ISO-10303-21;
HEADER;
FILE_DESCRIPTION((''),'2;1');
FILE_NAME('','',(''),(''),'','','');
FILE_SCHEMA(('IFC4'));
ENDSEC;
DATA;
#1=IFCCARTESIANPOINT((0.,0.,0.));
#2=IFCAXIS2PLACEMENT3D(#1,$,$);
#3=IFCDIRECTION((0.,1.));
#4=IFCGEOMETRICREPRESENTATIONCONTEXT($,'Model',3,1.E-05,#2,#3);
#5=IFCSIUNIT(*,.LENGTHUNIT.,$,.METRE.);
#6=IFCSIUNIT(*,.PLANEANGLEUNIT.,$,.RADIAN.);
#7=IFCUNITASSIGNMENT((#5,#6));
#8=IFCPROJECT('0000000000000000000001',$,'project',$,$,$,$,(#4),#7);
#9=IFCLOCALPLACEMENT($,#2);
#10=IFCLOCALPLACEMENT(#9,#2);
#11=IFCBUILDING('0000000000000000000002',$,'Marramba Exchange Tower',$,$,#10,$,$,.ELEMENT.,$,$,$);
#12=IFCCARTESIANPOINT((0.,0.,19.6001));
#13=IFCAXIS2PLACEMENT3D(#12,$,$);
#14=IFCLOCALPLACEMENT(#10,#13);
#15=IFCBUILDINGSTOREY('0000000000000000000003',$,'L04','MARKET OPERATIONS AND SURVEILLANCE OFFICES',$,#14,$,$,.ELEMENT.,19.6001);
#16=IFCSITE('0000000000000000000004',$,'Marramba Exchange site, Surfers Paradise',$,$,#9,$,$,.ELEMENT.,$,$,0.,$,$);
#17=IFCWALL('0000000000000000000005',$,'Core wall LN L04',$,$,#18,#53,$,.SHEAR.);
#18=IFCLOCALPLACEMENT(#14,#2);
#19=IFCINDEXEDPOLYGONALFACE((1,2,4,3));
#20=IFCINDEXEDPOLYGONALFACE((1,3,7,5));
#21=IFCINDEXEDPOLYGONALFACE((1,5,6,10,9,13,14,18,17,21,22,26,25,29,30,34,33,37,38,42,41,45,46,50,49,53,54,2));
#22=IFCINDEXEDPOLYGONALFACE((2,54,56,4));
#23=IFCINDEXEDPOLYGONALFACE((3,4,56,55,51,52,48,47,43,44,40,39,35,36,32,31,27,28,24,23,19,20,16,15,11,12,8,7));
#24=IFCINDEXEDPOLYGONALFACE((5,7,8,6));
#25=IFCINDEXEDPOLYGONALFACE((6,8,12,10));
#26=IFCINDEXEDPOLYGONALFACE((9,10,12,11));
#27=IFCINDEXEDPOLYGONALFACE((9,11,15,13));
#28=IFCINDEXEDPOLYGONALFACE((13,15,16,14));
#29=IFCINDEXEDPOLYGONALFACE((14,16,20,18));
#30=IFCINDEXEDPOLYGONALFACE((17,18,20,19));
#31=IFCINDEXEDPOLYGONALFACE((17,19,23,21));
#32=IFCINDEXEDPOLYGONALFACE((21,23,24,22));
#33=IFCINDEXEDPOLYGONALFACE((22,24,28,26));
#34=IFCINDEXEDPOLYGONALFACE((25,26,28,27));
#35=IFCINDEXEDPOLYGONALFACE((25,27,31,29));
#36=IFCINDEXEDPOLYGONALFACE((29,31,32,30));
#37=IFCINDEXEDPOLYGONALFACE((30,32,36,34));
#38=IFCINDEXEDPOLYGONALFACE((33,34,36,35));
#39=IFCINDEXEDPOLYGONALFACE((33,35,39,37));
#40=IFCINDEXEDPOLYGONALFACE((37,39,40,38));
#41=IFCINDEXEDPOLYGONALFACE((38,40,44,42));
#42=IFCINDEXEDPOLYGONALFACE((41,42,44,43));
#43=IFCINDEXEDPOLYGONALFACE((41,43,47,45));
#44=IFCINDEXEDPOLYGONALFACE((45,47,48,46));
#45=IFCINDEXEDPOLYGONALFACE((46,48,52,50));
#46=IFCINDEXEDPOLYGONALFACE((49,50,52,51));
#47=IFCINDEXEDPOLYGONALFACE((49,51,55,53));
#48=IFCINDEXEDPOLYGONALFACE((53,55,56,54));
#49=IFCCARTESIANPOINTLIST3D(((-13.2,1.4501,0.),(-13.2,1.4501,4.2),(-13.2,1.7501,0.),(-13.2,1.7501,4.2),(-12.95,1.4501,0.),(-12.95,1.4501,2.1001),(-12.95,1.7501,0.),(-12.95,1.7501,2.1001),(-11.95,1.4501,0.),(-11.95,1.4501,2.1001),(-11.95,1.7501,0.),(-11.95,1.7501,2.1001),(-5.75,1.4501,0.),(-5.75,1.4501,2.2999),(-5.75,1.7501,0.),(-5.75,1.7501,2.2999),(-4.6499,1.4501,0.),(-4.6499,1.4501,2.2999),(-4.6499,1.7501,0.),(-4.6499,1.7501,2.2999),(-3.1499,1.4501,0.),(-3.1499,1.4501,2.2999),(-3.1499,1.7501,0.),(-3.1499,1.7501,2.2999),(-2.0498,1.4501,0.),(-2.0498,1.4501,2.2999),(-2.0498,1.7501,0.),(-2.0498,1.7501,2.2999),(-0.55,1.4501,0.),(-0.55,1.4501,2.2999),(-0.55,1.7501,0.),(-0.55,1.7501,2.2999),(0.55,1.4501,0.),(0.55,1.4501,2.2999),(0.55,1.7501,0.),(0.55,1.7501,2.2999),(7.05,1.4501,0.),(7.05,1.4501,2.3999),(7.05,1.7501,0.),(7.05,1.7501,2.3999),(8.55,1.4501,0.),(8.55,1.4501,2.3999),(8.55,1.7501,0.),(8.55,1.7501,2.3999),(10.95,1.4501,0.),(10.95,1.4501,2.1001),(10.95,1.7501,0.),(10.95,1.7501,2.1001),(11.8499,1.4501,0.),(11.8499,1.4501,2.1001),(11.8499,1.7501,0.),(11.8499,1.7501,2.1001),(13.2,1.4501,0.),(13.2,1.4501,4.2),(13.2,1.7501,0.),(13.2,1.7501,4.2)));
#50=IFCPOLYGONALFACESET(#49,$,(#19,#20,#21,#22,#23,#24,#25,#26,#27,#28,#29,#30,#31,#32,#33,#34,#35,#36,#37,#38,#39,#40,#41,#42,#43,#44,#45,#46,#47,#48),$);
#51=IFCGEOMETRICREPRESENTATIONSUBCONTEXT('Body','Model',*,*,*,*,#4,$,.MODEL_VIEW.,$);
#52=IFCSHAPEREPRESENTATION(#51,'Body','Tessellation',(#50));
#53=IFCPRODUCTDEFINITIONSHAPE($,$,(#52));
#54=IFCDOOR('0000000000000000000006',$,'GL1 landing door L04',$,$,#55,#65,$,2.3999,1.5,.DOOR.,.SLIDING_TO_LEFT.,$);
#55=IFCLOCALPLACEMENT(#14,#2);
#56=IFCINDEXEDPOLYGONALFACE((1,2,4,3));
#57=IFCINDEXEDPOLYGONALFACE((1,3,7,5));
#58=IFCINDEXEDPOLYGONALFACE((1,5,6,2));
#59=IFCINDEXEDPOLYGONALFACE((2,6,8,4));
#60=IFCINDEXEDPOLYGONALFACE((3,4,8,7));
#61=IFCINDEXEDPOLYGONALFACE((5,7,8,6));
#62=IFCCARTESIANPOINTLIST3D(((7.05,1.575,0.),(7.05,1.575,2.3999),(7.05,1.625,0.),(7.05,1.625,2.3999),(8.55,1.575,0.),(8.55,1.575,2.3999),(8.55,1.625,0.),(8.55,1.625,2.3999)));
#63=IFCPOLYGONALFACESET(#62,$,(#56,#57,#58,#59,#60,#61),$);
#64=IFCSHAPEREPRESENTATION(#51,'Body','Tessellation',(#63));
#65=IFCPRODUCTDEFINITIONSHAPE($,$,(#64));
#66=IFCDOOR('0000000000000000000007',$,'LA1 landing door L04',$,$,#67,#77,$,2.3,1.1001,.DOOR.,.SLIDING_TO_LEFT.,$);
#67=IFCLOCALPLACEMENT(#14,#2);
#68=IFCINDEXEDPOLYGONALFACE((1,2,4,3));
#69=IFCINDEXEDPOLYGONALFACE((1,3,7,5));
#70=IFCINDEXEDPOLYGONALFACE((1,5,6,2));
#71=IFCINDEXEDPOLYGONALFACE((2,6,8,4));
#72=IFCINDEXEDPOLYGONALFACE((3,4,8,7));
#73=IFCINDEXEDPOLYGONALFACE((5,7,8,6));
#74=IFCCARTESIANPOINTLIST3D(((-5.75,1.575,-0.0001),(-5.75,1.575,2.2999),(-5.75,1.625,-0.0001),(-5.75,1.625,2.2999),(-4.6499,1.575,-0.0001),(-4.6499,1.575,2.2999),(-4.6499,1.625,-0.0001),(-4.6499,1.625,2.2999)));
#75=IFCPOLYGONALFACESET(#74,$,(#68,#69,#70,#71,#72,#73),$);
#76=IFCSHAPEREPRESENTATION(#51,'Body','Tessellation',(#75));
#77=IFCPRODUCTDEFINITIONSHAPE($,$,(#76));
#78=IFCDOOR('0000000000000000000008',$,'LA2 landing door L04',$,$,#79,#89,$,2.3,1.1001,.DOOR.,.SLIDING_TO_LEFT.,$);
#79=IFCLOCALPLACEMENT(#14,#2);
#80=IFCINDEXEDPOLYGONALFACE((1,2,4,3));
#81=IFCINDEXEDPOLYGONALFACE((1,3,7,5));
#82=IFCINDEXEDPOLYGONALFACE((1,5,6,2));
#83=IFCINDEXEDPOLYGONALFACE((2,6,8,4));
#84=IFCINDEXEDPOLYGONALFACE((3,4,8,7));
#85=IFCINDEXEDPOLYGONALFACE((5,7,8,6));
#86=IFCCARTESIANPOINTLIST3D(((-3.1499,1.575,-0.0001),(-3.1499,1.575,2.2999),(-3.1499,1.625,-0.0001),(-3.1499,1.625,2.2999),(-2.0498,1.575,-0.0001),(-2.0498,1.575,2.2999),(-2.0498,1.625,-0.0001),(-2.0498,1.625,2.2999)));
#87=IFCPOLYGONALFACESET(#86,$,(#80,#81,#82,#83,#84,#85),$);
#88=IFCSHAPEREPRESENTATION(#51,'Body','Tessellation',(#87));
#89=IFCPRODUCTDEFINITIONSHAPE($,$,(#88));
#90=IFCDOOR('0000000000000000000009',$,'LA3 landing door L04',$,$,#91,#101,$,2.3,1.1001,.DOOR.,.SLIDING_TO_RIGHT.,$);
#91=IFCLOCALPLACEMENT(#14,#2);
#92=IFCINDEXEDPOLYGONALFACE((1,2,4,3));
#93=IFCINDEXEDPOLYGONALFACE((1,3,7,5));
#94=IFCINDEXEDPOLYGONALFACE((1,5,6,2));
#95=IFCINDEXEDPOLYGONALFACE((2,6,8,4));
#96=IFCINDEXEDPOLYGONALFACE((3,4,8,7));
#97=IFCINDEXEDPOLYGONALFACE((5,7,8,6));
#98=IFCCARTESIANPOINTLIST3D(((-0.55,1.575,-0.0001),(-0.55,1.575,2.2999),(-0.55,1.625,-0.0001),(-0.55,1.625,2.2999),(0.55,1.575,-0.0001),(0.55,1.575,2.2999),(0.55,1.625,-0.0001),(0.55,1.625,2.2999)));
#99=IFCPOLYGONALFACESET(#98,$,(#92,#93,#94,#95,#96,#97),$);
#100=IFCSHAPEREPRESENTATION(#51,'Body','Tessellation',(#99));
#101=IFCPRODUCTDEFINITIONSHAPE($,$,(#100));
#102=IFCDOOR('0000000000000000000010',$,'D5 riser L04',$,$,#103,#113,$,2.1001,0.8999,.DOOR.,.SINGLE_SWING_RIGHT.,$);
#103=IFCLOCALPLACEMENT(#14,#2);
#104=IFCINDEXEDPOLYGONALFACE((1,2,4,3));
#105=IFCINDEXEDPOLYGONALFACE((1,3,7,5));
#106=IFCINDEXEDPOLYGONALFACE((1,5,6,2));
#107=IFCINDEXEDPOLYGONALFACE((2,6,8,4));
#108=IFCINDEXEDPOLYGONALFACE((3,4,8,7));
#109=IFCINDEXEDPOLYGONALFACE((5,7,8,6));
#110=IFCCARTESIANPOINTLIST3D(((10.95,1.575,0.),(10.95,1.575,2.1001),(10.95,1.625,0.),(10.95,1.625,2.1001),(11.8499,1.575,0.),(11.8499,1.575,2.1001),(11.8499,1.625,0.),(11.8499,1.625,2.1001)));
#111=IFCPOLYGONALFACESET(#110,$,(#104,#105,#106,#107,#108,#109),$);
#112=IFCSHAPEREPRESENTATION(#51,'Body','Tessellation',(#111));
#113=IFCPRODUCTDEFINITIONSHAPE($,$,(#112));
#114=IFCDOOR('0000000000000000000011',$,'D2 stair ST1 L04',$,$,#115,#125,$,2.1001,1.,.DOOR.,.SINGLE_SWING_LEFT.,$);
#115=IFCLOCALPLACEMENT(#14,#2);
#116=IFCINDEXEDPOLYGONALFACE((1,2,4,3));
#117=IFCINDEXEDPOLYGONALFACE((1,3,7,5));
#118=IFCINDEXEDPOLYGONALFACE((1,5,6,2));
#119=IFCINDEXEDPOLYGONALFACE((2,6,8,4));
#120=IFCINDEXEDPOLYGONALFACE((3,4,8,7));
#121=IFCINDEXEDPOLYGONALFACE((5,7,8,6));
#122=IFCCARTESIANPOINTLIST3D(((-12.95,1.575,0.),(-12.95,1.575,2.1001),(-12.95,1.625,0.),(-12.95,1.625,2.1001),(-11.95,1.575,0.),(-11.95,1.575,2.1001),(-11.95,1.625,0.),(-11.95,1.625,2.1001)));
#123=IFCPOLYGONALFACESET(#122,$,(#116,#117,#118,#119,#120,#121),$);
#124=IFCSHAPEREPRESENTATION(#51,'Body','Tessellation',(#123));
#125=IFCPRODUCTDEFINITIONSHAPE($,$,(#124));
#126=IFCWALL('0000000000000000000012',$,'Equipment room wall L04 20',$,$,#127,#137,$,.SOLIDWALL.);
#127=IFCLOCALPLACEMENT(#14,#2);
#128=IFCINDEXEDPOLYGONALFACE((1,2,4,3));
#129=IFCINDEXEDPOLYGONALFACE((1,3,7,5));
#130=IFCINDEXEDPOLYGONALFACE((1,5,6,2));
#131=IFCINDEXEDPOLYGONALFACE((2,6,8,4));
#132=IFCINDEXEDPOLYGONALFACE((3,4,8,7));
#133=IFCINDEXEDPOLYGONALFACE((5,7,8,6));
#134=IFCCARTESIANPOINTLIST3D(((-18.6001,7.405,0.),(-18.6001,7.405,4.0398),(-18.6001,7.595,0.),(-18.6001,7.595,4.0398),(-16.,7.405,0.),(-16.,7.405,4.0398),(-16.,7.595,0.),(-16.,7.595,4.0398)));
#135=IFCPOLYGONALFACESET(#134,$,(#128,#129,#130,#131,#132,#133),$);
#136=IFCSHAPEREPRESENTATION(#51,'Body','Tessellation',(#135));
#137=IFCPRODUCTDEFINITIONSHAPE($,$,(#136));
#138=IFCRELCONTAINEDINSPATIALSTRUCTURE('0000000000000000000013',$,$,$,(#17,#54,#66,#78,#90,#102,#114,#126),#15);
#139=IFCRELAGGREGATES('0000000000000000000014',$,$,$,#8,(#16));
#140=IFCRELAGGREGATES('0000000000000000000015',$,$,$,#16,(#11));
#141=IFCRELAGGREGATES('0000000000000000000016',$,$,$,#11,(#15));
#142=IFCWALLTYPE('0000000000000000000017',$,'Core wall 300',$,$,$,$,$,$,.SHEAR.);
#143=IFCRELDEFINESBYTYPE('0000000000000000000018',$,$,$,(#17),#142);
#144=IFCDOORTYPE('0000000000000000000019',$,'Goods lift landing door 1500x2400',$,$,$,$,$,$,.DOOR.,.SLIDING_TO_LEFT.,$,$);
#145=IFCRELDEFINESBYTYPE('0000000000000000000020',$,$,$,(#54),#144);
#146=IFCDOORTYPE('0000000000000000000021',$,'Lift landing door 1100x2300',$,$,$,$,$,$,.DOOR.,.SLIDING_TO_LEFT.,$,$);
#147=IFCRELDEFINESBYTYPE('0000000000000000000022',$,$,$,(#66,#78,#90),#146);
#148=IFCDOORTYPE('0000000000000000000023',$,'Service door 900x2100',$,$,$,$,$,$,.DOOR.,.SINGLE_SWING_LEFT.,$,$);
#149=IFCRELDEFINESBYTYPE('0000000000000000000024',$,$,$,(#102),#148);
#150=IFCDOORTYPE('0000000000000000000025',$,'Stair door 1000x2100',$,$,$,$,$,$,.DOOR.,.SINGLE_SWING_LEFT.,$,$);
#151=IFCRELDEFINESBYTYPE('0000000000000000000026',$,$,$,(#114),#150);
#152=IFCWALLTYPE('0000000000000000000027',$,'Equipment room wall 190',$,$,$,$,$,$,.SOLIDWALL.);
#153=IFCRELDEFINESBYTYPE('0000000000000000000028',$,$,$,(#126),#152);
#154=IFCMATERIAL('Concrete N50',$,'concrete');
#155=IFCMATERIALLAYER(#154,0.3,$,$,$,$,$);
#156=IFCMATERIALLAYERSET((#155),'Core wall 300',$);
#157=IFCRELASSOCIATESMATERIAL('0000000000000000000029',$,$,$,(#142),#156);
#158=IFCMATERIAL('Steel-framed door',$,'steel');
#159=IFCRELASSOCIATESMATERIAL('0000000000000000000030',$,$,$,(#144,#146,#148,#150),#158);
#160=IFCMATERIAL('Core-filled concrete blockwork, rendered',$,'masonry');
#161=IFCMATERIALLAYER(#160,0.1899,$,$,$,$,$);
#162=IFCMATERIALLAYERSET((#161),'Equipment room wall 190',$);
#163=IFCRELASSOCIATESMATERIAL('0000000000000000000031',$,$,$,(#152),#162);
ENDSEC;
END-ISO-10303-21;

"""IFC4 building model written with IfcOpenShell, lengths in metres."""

from ifc_helpers import new_model, si_unit, direction, frame, frame_2d, origin, place, context, subcontext, project, spatial, rectangle, extrude, material, layer, layer_set, type_object, element, fill, save


model = new_model("IFC4")

# Units and contexts
model_context = context("Model", 3, precision=1e-05, world=origin(), true_north=direction((0.0, 1.0)))
body_context = subcontext(model_context, "Body", "Model", "MODEL_VIEW")
ifc_project = project(units=[si_unit("LENGTHUNIT", "METRE"), si_unit("PLANEANGLEUNIT", "RADIAN")], contexts=[model_context])

# Site, building, storey
site_placement = place(None, origin())
site = spatial("IfcSite", under=ifc_project, at=site_placement, Name="Marramba Exchange site, Surfers Paradise", CompositionType="ELEMENT", RefElevation=0.0)
building_placement = place(site_placement, origin())
building = spatial("IfcBuilding", under=site, at=building_placement, Name="Marramba Exchange Tower", CompositionType="ELEMENT")
storey_placement = place(building_placement, frame((0.0, 0.0, 19.6001)))
storey = spatial("IfcBuildingStorey", under=building, at=storey_placement, Name="L04", Description="MARKET OPERATIONS AND SURVEILLANCE OFFICES", CompositionType="ELEMENT", Elevation=19.6001)

# Shared definitions
ifc_material_1 = material(Name="Concrete N50", Category="concrete")

# Shared definitions
ifc_material_2 = material(Name="Steel-framed door", Category="steel")

# Wall, openings, doors
ifc_layer_1 = layer(ifc_material_1, 0.3)
ifc_layer_set_1 = layer_set([ifc_layer_1], Name="Core wall 300")
wall_type_1 = type_object("IfcWallType", Name="Core wall 300", PredefinedType="SHEAR", material=ifc_layer_set_1)
wall_1_placement = place(storey_placement, frame((-13.2, 1.6001, 0.0), z_axis=(0.0, 0.0, 1.0), x_axis=(1.0, 0.0, 0.0)))
wall_1 = element("IfcWall", 1, at=wall_1_placement, inside=storey, type_object=wall_type_1, Name="Core wall LN L04", PredefinedType="SHEAR", context=body_context, shape_type="SweptSolid", body=[
    extrude(rectangle(XDim=26.3999, YDim=0.3, at=frame_2d((13.2, 0.0))), origin(), (0.0, 0.0, 1.0), 4.2),
])
opening_1_placement = place(wall_1_placement, frame((0.25, 0.0, 0.0)))
opening_1 = element("IfcOpeningElement", 2, at=opening_1_placement, cuts=wall_1, PredefinedType="OPENING", context=body_context, shape_type="SweptSolid", body=[
    extrude(rectangle(XDim=1.0, YDim=2.1001, at=frame_2d((0.5, 1.05))), frame((0.0, 0.1599, 0.0), z_axis=(0.0, -1.0, 0.0), x_axis=(1.0, 0.0, 0.0)), (0.0, 0.0, 1.0), 0.3201),
])
opening_2_placement = place(wall_1_placement, frame((20.25, 0.0, 0.0)))
opening_2 = element("IfcOpeningElement", 3, at=opening_2_placement, cuts=wall_1, PredefinedType="OPENING", context=body_context, shape_type="SweptSolid", body=[
    extrude(rectangle(XDim=1.5, YDim=2.3999, at=frame_2d((0.75, 1.2))), frame((0.0, 0.1599, 0.0), z_axis=(0.0, -1.0, 0.0), x_axis=(1.0, 0.0, 0.0)), (0.0, 0.0, 1.0), 0.3201),
])
opening_3_placement = place(wall_1_placement, frame((7.45, 0.0, 0.0)))
opening_3 = element("IfcOpeningElement", 4, at=opening_3_placement, cuts=wall_1, PredefinedType="OPENING", context=body_context, shape_type="SweptSolid", body=[
    extrude(rectangle(XDim=1.1001, YDim=2.3, at=frame_2d((0.55, 1.1499))), frame((0.0, 0.1599, 0.0), z_axis=(0.0, -1.0, 0.0), x_axis=(1.0, 0.0, 0.0)), (0.0, 0.0, 1.0), 0.3201),
])
opening_4_placement = place(wall_1_placement, frame((10.05, 0.0, 0.0)))
opening_4 = element("IfcOpeningElement", 5, at=opening_4_placement, cuts=wall_1, PredefinedType="OPENING", context=body_context, shape_type="SweptSolid", body=[
    extrude(rectangle(XDim=1.1001, YDim=2.3, at=frame_2d((0.55, 1.1499))), frame((0.0, 0.1599, 0.0), z_axis=(0.0, -1.0, 0.0), x_axis=(1.0, 0.0, 0.0)), (0.0, 0.0, 1.0), 0.3201),
])
opening_5_placement = place(wall_1_placement, frame((12.6499, 0.0, 0.0)))
opening_5 = element("IfcOpeningElement", 6, at=opening_5_placement, cuts=wall_1, PredefinedType="OPENING", context=body_context, shape_type="SweptSolid", body=[
    extrude(rectangle(XDim=1.1001, YDim=2.3, at=frame_2d((0.55, 1.1499))), frame((0.0, 0.1599, 0.0), z_axis=(0.0, -1.0, 0.0), x_axis=(1.0, 0.0, 0.0)), (0.0, 0.0, 1.0), 0.3201),
])
opening_6_placement = place(wall_1_placement, frame((24.1499, 0.0, 0.0)))
opening_6 = element("IfcOpeningElement", 7, at=opening_6_placement, cuts=wall_1, PredefinedType="OPENING", context=body_context, shape_type="SweptSolid", body=[
    extrude(rectangle(XDim=0.8999, YDim=2.1001, at=frame_2d((0.45, 1.05))), frame((0.0, 0.1599, 0.0), z_axis=(0.0, -1.0, 0.0), x_axis=(1.0, 0.0, 0.0)), (0.0, 0.0, 1.0), 0.3201),
])
door_type_1 = type_object("IfcDoorType", Name="Goods lift landing door 1500x2400", OperationType="SLIDING_TO_LEFT", PredefinedType="DOOR", material=ifc_material_2)
door_1_placement = place(opening_2_placement, origin())
door_1 = element("IfcDoor", 8, at=door_1_placement, inside=storey, type_object=door_type_1, Name="GL1 landing door L04", OperationType="SLIDING_TO_LEFT", OverallHeight=2.3999, OverallWidth=1.5, PredefinedType="DOOR", context=body_context, shape_type="SweptSolid", body=[
    extrude(rectangle(XDim=1.5, YDim=2.3999, at=frame_2d((0.75, 1.2))), frame((0.0, 0.0249, 0.0), z_axis=(0.0, -1.0, 0.0), x_axis=(1.0, 0.0, 0.0)), (0.0, 0.0, 1.0), 0.05),
])
fill(opening_2, door_1)
door_type_2 = type_object("IfcDoorType", Name="Lift landing door 1100x2300", OperationType="SLIDING_TO_LEFT", PredefinedType="DOOR", material=ifc_material_2)
door_2_placement = place(opening_3_placement, origin())
door_2 = element("IfcDoor", 9, at=door_2_placement, inside=storey, type_object=door_type_2, Name="LA1 landing door L04", OperationType="SLIDING_TO_LEFT", OverallHeight=2.3, OverallWidth=1.1001, PredefinedType="DOOR", context=body_context, shape_type="SweptSolid", body=[
    extrude(rectangle(XDim=1.1001, YDim=2.3, at=frame_2d((0.55, 1.1499))), frame((0.0, 0.0249, 0.0), z_axis=(0.0, -1.0, 0.0), x_axis=(1.0, 0.0, 0.0)), (0.0, 0.0, 1.0), 0.05),
])
fill(opening_3, door_2)
door_3_placement = place(opening_4_placement, origin())
door_3 = element("IfcDoor", 10, at=door_3_placement, inside=storey, type_object=door_type_2, Name="LA2 landing door L04", OperationType="SLIDING_TO_LEFT", OverallHeight=2.3, OverallWidth=1.1001, PredefinedType="DOOR", context=body_context, shape_type="SweptSolid", body=[
    extrude(rectangle(XDim=1.1001, YDim=2.3, at=frame_2d((0.55, 1.1499))), frame((0.0, 0.0249, 0.0), z_axis=(0.0, -1.0, 0.0), x_axis=(1.0, 0.0, 0.0)), (0.0, 0.0, 1.0), 0.05),
])
fill(opening_4, door_3)
door_4_placement = place(opening_5_placement, origin())
door_4 = element("IfcDoor", 11, at=door_4_placement, inside=storey, type_object=door_type_2, Name="LA3 landing door L04", OperationType="SLIDING_TO_RIGHT", OverallHeight=2.3, OverallWidth=1.1001, PredefinedType="DOOR", context=body_context, shape_type="SweptSolid", body=[
    extrude(rectangle(XDim=1.1001, YDim=2.3, at=frame_2d((0.55, 1.1499))), frame((0.0, 0.0249, 0.0), z_axis=(0.0, -1.0, 0.0), x_axis=(1.0, 0.0, 0.0)), (0.0, 0.0, 1.0), 0.05),
])
fill(opening_5, door_4)
door_type_3 = type_object("IfcDoorType", Name="Service door 900x2100", OperationType="SINGLE_SWING_LEFT", PredefinedType="DOOR", material=ifc_material_2)
door_5_placement = place(opening_6_placement, origin())
door_5 = element("IfcDoor", 12, at=door_5_placement, inside=storey, type_object=door_type_3, Name="D5 riser L04", OperationType="SINGLE_SWING_RIGHT", OverallHeight=2.1001, OverallWidth=0.8999, PredefinedType="DOOR", context=body_context, shape_type="SweptSolid", body=[
    extrude(rectangle(XDim=0.8999, YDim=2.1001, at=frame_2d((0.45, 1.05))), frame((0.0, 0.0249, 0.0), z_axis=(0.0, -1.0, 0.0), x_axis=(1.0, 0.0, 0.0)), (0.0, 0.0, 1.0), 0.05),
])
fill(opening_6, door_5)
door_type_4 = type_object("IfcDoorType", Name="Stair door 1000x2100", OperationType="SINGLE_SWING_LEFT", PredefinedType="DOOR", material=ifc_material_2)
door_6_placement = place(opening_1_placement, origin())
door_6 = element("IfcDoor", 13, at=door_6_placement, inside=storey, type_object=door_type_4, Name="D2 stair ST1 L04", OperationType="SINGLE_SWING_LEFT", OverallHeight=2.1001, OverallWidth=1.0, PredefinedType="DOOR", context=body_context, shape_type="SweptSolid", body=[
    extrude(rectangle(XDim=1.0, YDim=2.1001, at=frame_2d((0.5, 1.05))), frame((0.0, 0.0249, 0.0), z_axis=(0.0, -1.0, 0.0), x_axis=(1.0, 0.0, 0.0)), (0.0, 0.0, 1.0), 0.05),
])
fill(opening_1, door_6)

# Wall
ifc_material_3 = material(Name="Core-filled concrete blockwork, rendered", Category="masonry")
ifc_layer_2 = layer(ifc_material_3, 0.1899)
ifc_layer_set_2 = layer_set([ifc_layer_2], Name="Equipment room wall 190")
wall_type_2 = type_object("IfcWallType", Name="Equipment room wall 190", PredefinedType="SOLIDWALL", material=ifc_layer_set_2)
wall_2_placement = place(storey_placement, frame((-18.6001, 7.5, 0.0), z_axis=(0.0, 0.0, 1.0), x_axis=(1.0, 0.0, 0.0)))
element("IfcWall", 14, at=wall_2_placement, inside=storey, type_object=wall_type_2, Name="Equipment room wall L04 20", PredefinedType="SOLIDWALL", context=body_context, shape_type="SweptSolid", body=[
    extrude(rectangle(XDim=2.6001, YDim=0.1899, at=frame_2d((1.3, 0.0))), origin(), (0.0, 0.0, 1.0), 4.0398),
])

save(model, "model.ifc")
